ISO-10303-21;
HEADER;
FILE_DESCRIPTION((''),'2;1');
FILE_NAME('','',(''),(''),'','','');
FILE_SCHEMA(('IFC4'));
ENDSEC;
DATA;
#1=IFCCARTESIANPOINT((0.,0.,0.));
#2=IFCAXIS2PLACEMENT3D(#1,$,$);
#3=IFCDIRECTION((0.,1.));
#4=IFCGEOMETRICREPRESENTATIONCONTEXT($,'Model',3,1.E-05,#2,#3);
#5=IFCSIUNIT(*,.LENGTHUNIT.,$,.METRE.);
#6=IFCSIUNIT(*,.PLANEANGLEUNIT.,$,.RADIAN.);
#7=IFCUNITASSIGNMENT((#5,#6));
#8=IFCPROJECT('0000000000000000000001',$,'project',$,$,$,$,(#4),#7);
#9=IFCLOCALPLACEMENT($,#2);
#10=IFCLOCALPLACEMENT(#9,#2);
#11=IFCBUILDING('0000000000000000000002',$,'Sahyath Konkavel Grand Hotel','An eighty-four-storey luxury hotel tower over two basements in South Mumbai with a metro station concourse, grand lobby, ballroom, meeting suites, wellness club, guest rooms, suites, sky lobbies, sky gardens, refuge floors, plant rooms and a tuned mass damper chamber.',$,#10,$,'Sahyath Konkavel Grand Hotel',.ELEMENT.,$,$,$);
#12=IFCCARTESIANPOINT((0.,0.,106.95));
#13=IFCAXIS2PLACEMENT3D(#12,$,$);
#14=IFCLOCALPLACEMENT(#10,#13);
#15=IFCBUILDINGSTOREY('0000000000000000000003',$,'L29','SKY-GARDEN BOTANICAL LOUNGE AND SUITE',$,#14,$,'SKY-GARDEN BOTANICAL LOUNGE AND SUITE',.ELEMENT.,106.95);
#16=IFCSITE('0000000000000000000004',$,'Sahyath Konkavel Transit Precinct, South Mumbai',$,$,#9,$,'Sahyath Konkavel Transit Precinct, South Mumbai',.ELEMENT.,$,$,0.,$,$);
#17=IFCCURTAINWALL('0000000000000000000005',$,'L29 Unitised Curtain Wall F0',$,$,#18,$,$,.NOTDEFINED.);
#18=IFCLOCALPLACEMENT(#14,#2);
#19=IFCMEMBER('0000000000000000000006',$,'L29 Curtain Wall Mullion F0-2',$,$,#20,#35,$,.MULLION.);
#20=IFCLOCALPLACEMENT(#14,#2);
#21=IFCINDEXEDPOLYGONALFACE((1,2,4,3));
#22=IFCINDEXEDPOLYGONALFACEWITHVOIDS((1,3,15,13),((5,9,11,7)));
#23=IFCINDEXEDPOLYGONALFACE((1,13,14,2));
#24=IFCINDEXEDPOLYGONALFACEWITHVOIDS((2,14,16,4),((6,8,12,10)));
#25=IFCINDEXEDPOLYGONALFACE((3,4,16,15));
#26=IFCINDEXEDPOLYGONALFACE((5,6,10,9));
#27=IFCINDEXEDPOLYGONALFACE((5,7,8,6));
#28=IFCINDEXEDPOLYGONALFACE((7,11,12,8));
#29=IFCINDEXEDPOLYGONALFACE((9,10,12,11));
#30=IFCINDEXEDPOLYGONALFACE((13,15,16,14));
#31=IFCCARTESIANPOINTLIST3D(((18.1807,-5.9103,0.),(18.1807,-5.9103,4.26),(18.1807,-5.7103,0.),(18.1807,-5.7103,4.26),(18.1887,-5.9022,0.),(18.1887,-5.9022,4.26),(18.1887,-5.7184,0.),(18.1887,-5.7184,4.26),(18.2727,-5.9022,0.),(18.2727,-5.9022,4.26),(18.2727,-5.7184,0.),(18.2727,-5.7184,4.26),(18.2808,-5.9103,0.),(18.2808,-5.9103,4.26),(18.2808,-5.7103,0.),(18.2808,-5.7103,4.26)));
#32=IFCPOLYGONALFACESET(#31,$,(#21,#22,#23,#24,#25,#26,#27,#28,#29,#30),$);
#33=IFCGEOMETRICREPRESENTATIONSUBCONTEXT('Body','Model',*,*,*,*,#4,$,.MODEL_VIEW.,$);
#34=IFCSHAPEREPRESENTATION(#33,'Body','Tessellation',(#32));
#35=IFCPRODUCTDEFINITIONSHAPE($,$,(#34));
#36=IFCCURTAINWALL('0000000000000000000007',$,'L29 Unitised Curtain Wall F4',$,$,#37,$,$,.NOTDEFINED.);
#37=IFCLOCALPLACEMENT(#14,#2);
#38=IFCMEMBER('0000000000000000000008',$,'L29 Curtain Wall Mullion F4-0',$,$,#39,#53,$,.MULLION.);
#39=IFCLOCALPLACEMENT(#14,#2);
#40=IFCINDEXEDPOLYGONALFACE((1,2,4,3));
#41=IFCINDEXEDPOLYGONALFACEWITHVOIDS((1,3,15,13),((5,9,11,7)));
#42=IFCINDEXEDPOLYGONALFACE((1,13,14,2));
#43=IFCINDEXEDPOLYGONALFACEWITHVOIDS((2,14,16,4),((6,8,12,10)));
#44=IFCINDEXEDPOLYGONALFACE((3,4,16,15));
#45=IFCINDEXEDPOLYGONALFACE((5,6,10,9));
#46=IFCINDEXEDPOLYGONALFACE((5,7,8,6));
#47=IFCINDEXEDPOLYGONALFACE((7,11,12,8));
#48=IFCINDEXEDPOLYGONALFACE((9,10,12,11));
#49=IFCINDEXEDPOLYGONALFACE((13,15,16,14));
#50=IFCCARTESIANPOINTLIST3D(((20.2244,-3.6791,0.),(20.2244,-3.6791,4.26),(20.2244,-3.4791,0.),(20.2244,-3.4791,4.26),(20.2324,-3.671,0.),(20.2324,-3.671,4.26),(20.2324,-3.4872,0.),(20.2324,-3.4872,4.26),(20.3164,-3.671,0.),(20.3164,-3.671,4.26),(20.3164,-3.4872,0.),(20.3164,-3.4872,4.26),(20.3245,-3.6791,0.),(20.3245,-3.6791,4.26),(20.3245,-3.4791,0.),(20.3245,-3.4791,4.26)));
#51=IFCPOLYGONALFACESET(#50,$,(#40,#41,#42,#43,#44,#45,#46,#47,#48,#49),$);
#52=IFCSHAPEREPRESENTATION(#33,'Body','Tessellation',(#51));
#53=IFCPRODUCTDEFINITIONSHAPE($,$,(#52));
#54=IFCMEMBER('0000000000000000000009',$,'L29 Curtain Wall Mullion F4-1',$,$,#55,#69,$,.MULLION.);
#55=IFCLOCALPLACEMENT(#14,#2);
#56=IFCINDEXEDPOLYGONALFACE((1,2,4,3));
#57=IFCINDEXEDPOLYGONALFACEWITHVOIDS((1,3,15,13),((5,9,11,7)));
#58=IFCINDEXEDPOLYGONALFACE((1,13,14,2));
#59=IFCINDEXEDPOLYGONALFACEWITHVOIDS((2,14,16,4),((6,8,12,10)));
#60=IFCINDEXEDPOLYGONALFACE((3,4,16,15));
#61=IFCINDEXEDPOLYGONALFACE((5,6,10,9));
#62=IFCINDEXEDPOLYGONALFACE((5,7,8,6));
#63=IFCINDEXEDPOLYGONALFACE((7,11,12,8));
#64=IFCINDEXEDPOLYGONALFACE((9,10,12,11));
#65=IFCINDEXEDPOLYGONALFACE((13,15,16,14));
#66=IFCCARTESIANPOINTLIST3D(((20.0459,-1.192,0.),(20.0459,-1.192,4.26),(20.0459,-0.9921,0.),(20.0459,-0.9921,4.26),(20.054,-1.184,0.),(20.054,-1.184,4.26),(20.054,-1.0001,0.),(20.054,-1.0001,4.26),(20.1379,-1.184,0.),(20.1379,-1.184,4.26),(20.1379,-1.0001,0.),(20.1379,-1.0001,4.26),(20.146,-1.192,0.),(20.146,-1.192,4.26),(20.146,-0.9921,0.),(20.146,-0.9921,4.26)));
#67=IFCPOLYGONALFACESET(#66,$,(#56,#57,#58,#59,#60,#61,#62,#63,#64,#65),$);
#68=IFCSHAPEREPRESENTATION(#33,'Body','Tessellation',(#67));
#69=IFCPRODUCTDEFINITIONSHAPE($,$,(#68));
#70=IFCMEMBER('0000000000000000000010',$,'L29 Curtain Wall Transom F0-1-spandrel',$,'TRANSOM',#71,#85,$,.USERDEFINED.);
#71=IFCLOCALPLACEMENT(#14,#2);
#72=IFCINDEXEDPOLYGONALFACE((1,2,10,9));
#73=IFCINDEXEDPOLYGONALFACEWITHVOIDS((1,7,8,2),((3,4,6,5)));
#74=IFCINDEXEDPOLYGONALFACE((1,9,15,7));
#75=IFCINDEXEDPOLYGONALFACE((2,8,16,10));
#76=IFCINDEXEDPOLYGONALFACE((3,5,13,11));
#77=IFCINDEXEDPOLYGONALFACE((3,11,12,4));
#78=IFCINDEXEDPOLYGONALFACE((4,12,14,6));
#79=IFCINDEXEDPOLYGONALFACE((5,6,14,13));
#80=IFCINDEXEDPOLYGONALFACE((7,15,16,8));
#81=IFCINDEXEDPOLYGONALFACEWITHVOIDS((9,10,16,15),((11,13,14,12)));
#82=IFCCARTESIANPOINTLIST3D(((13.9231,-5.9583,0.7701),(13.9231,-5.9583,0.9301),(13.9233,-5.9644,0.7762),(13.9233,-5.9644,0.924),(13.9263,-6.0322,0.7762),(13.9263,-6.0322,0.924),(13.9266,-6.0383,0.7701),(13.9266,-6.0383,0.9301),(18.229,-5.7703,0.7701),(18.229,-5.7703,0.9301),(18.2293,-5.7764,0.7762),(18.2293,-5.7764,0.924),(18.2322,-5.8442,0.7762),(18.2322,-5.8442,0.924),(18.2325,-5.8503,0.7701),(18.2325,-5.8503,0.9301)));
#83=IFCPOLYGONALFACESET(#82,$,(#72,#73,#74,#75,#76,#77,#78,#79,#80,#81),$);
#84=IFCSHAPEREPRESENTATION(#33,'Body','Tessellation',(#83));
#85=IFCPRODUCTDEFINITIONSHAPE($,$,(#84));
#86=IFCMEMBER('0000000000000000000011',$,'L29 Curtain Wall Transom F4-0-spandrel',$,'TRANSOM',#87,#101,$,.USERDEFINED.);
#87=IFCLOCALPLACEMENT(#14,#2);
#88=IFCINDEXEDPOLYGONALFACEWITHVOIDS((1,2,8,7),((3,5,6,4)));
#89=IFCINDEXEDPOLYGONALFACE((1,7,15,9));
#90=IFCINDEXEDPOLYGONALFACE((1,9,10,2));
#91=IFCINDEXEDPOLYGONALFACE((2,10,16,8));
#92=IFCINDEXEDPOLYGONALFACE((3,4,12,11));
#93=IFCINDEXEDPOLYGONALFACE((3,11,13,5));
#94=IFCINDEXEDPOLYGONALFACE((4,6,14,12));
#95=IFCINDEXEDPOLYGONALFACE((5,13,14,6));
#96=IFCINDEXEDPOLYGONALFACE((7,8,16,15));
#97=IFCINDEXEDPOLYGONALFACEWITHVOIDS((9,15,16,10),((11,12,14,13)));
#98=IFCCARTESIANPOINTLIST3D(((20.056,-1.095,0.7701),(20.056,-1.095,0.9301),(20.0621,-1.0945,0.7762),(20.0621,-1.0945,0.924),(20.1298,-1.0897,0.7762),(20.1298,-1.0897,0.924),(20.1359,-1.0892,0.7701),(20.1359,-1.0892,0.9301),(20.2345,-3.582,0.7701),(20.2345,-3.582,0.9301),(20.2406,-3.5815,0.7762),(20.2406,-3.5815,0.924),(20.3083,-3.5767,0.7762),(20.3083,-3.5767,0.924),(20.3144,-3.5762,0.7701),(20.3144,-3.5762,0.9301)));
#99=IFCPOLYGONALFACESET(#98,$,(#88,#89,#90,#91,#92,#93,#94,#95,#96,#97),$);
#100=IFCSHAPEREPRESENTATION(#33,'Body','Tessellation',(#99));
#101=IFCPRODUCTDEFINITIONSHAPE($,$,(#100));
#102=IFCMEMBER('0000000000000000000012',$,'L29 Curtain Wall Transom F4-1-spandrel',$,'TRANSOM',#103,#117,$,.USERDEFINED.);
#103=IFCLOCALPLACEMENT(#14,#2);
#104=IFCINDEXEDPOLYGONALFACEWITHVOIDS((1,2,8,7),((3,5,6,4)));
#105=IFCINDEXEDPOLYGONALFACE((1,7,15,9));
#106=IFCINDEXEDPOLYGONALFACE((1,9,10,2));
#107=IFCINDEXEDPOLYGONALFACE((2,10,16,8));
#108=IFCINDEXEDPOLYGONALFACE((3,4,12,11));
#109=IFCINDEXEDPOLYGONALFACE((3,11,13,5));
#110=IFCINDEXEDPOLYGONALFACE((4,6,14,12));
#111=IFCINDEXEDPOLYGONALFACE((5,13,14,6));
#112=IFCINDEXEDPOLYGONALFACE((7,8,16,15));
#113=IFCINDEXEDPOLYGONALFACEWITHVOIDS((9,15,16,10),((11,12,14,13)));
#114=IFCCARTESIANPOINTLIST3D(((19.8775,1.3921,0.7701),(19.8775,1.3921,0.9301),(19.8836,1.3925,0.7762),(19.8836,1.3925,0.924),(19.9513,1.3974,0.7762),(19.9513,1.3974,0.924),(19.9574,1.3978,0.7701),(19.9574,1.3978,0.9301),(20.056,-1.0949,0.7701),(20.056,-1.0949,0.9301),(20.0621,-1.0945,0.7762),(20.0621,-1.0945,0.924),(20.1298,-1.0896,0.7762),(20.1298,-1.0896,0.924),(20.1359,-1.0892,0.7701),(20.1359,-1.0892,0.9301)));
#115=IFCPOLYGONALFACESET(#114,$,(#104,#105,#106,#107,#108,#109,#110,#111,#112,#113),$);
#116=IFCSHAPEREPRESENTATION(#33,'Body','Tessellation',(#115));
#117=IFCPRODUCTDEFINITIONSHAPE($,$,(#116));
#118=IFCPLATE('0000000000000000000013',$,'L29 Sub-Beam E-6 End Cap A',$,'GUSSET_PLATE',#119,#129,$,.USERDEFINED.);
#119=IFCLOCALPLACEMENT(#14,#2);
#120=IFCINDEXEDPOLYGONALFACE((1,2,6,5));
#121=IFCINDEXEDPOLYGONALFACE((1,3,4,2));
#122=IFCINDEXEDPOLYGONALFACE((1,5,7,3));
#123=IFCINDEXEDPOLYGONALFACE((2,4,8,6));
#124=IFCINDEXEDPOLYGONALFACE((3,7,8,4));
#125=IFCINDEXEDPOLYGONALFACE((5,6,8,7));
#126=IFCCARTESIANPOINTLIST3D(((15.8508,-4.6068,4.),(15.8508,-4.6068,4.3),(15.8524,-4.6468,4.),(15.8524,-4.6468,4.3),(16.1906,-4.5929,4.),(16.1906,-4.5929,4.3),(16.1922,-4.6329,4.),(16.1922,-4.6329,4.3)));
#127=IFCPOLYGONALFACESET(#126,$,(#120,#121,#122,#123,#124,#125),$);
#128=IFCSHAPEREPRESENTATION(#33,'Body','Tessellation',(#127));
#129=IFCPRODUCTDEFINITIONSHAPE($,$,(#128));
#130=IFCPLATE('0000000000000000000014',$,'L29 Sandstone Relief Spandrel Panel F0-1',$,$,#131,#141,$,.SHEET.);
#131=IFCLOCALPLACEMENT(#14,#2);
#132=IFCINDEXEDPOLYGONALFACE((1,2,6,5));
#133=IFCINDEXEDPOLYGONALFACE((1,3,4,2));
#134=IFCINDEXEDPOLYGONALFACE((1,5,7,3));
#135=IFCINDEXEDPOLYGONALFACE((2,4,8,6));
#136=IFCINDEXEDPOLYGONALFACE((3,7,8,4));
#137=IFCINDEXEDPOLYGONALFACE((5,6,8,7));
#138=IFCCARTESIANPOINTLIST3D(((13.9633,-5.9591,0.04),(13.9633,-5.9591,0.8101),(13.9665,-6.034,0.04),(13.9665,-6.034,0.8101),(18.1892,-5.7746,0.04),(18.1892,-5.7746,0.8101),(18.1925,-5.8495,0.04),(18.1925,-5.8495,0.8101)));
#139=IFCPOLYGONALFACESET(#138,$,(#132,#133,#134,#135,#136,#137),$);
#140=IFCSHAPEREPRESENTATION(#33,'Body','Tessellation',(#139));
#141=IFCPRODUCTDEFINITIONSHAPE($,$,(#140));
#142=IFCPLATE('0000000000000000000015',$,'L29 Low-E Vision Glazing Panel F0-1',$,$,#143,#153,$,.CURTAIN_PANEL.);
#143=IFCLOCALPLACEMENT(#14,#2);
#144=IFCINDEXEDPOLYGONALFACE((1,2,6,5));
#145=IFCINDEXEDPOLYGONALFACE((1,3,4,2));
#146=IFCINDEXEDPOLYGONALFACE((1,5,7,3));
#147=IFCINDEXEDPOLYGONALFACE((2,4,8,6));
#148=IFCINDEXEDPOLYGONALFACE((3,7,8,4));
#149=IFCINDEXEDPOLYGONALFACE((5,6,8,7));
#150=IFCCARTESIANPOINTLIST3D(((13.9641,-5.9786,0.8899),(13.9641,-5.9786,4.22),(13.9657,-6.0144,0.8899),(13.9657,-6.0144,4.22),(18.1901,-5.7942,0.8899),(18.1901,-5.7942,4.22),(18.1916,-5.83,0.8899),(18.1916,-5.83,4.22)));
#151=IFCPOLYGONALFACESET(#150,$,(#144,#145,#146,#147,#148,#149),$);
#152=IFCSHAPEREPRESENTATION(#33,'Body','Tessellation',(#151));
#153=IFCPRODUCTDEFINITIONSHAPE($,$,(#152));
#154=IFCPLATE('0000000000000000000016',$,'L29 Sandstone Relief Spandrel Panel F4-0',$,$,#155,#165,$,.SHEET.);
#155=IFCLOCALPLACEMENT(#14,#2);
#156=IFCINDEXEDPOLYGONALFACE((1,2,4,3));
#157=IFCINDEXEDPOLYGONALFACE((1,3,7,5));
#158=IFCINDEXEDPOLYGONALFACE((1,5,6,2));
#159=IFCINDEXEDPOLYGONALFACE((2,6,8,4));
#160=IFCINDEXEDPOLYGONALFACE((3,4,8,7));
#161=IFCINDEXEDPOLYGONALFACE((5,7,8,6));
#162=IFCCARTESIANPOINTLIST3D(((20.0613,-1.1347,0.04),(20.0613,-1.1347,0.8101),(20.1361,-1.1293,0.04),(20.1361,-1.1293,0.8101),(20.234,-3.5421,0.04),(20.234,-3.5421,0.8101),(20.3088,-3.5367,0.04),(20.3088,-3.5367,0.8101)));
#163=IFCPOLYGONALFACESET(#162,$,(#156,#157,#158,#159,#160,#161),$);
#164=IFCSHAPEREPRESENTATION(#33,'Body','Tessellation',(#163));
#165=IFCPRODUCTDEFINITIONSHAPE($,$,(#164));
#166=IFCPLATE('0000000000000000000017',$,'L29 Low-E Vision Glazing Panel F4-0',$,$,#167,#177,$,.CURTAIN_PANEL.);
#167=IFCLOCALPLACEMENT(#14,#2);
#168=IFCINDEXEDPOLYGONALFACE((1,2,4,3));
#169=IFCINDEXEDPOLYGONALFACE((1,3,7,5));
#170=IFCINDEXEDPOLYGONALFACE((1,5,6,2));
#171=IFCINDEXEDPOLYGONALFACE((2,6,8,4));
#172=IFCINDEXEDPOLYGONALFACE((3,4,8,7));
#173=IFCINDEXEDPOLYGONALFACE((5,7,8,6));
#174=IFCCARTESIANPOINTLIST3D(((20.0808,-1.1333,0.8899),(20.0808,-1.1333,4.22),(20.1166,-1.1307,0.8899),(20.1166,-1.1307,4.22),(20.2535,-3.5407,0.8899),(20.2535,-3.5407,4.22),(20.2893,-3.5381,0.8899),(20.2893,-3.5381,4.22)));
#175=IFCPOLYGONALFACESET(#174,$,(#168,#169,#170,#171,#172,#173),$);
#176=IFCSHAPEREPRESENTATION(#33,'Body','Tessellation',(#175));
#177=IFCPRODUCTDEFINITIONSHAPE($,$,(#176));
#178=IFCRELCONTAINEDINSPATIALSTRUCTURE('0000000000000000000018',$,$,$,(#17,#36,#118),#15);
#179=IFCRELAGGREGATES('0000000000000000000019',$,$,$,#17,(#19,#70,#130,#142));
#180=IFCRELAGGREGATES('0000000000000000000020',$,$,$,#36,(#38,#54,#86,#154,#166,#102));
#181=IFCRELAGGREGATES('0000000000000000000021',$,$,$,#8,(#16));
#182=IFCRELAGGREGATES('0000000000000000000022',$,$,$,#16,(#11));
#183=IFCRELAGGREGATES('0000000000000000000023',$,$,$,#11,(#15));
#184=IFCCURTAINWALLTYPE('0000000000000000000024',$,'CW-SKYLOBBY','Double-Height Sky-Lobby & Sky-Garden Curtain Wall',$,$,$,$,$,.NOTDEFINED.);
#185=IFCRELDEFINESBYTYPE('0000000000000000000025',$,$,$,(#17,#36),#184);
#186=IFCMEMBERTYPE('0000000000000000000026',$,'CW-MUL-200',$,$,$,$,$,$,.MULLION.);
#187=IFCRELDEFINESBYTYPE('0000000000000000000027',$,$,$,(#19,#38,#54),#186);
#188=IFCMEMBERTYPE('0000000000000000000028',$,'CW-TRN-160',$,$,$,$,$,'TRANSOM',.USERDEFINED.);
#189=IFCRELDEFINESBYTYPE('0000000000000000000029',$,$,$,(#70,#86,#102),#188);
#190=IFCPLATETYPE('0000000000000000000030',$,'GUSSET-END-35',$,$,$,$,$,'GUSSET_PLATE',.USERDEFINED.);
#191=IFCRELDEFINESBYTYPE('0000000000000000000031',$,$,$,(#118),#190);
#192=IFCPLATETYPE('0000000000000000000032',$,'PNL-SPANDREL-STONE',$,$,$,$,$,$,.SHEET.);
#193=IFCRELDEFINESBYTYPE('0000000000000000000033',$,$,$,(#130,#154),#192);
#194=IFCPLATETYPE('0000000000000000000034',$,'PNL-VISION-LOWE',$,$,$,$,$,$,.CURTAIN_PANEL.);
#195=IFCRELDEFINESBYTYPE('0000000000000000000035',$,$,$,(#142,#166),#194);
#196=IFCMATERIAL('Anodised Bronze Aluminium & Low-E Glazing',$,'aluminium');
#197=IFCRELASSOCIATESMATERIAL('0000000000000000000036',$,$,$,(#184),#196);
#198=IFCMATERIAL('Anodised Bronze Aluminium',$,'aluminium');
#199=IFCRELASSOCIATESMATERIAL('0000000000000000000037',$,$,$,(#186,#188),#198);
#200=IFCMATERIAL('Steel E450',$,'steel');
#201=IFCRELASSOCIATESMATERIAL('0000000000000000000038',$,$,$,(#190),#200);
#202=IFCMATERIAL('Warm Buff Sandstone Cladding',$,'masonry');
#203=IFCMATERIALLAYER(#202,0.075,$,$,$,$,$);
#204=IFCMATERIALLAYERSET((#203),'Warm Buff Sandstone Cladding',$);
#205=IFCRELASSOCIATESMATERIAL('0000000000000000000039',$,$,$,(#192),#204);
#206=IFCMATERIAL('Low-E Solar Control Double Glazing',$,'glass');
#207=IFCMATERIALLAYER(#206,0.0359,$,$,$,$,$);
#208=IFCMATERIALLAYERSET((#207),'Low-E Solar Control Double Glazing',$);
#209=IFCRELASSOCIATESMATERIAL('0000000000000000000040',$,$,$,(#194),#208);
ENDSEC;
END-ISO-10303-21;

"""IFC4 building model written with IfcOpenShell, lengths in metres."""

from ifc_helpers import new_model, si_unit, direction, frame, origin, origin_2d, place, context, subcontext, project, spatial, rectangle, hollow_rectangle, extrude, source, transform, mapped, material, layer, layer_set, material_profile, profile_set, type_object, element, aggregate, save


model = new_model("IFC4")

# Units and contexts
model_context = context("Model", 3, precision=1e-05, world=origin(), true_north=direction((0.0, 1.0)))
body_context = subcontext(model_context, "Body", "Model", "MODEL_VIEW")
ifc_project = project(units=[si_unit("LENGTHUNIT", "METRE"), si_unit("PLANEANGLEUNIT", "RADIAN")], contexts=[model_context])

# Site, building, storey
site_placement = place(None, origin())
site = spatial("IfcSite", under=ifc_project, at=site_placement, Name="Sahyath Konkavel Transit Precinct, South Mumbai", LongName="Sahyath Konkavel Transit Precinct, South Mumbai", CompositionType="ELEMENT", RefElevation=0.0)
building_placement = place(site_placement, origin())
building = spatial("IfcBuilding", under=site, at=building_placement, Name="Sahyath Konkavel Grand Hotel", Description="An eighty-four-storey luxury hotel tower over two basements in South Mumbai with a metro station concourse, grand lobby, ballroom, meeting suites, wellness club, guest rooms, suites, sky lobbies, sky gardens, refuge floors, plant rooms and a tuned mass damper chamber.", LongName="Sahyath Konkavel Grand Hotel", CompositionType="ELEMENT")
storey_placement = place(building_placement, frame((0.0, 0.0, 106.95)))
storey = spatial("IfcBuildingStorey", under=building, at=storey_placement, Name="L29", Description="SKY-GARDEN BOTANICAL LOUNGE AND SUITE", LongName="SKY-GARDEN BOTANICAL LOUNGE AND SUITE", CompositionType="ELEMENT", Elevation=106.95)

# Curtain wall, member
ifc_material_1 = material(Name="Anodised Bronze Aluminium & Low-E Glazing", Category="aluminium")
curtain_wall_type = type_object("IfcCurtainWallType", Name="CW-SKYLOBBY", Description="Double-Height Sky-Lobby & Sky-Garden Curtain Wall", PredefinedType="NOTDEFINED", material=ifc_material_1)
curtain_wall_1_placement = place(storey_placement, origin())
curtain_wall_1 = element("IfcCurtainWall", 1, at=curtain_wall_1_placement, inside=storey, type_object=curtain_wall_type, Name="L29 Unitised Curtain Wall F0", PredefinedType="NOTDEFINED")
ifc_material_2 = material(Name="Anodised Bronze Aluminium", Category="aluminium")
ifc_material_profile_1 = material_profile(ifc_material_2, hollow_rectangle(XDim=0.1001, YDim=0.2, WallThickness=0.0081, at=origin_2d()), Name="RHS 200x100x8")
ifc_profile_set_1 = profile_set([ifc_material_profile_1], Name="Anodised Bronze Aluminium")
member_type_1 = type_object("IfcMemberType", Name="CW-MUL-200", PredefinedType="MULLION", material=ifc_profile_set_1)
shared_shape_1 = source(origin(), body_context, "Body", "SweptSolid", [
    extrude(hollow_rectangle(XDim=0.1001, YDim=0.2, WallThickness=0.0081, at=origin_2d()), origin(), (0.0, 0.0, 1.0), 4.26),
])
member_1_placement = place(storey_placement, frame((18.2307, -5.8103, 0.0), z_axis=(0.0, 0.0, 1.0), x_axis=(1.0, 0.0, 0.0)))
member_1 = element("IfcMember", 2, at=member_1_placement, type_object=member_type_1, Name="L29 Curtain Wall Mullion F0-2", PredefinedType="MULLION", context=body_context, shape_type="MappedRepresentation", body=[
    mapped(shared_shape_1, transform((0.0, 0.0, 0.0), scale=1.0)),
])

# Curtain wall, members
curtain_wall_2_placement = place(storey_placement, origin())
curtain_wall_2 = element("IfcCurtainWall", 3, at=curtain_wall_2_placement, inside=storey, type_object=curtain_wall_type, Name="L29 Unitised Curtain Wall F4", PredefinedType="NOTDEFINED")
member_2_placement = place(storey_placement, frame((20.2744, -3.5791, 0.0), z_axis=(0.0, 0.0, 1.0), x_axis=(1.0, 0.0, 0.0)))
member_2 = element("IfcMember", 4, at=member_2_placement, type_object=member_type_1, Name="L29 Curtain Wall Mullion F4-0", PredefinedType="MULLION", context=body_context, shape_type="MappedRepresentation", body=[
    mapped(shared_shape_1, transform((0.0, 0.0, 0.0), scale=1.0)),
])
member_3_placement = place(storey_placement, frame((20.0959, -1.092, 0.0), z_axis=(0.0, 0.0, 1.0), x_axis=(1.0, 0.0, 0.0)))
member_3 = element("IfcMember", 5, at=member_3_placement, type_object=member_type_1, Name="L29 Curtain Wall Mullion F4-1", PredefinedType="MULLION", context=body_context, shape_type="MappedRepresentation", body=[
    mapped(shared_shape_1, transform((0.0, 0.0, 0.0), scale=1.0)),
])

# Members
ifc_material_profile_2 = material_profile(ifc_material_2, hollow_rectangle(XDim=0.0801, YDim=0.1599, WallThickness=0.0061, at=origin_2d()), Name="RHS 160x80x6")
ifc_profile_set_2 = profile_set([ifc_material_profile_2], Name="Anodised Bronze Aluminium")
member_type_2 = type_object("IfcMemberType", Name="CW-TRN-160", ElementType="TRANSOM", PredefinedType="USERDEFINED", material=ifc_profile_set_2)
shared_shape_2 = source(origin(), body_context, "Body", "SweptSolid", [
    extrude(hollow_rectangle(XDim=0.0801, YDim=0.1599, WallThickness=0.0061, at=origin_2d()), origin(), (0.0, 0.0, 1.0), 4.3101),
])
member_4_placement = place(storey_placement, frame((13.9248, -5.9983, 0.8501), z_axis=(0.999048, 0.043617, 0.0), x_axis=(-0.043617, 0.999048, 0.0)))
member_4 = element("IfcMember", 6, at=member_4_placement, type_object=member_type_2, Name="L29 Curtain Wall Transom F0-1-spandrel", ObjectType="TRANSOM", PredefinedType="USERDEFINED", context=body_context, shape_type="MappedRepresentation", body=[
    mapped(shared_shape_2, transform((0.0, 0.0, 0.0), scale=1.0)),
])
shared_shape_3 = source(origin(), body_context, "Body", "SweptSolid", [
    extrude(hollow_rectangle(XDim=0.0801, YDim=0.1599, WallThickness=0.0061, at=origin_2d()), origin(), (0.0, 0.0, 1.0), 2.4934),
])
member_5_placement = place(storey_placement, frame((20.2744, -3.5791, 0.8501), z_axis=(-0.071574, 0.997435, 0.0), x_axis=(-0.997435, -0.071574, 0.0)))
member_5 = element("IfcMember", 7, at=member_5_placement, type_object=member_type_2, Name="L29 Curtain Wall Transom F4-0-spandrel", ObjectType="TRANSOM", PredefinedType="USERDEFINED", context=body_context, shape_type="MappedRepresentation", body=[
    mapped(shared_shape_3, transform((0.0, 0.0, 0.0), scale=1.0)),
])
member_6_placement = place(storey_placement, frame((20.0959, -1.092, 0.8501), z_axis=(-0.071574, 0.997435, 0.0), x_axis=(-0.997435, -0.071574, 0.0)))
member_6 = element("IfcMember", 8, at=member_6_placement, type_object=member_type_2, Name="L29 Curtain Wall Transom F4-1-spandrel", ObjectType="TRANSOM", PredefinedType="USERDEFINED", context=body_context, shape_type="MappedRepresentation", body=[
    mapped(shared_shape_3, transform((0.0, 0.0, 0.0), scale=1.0)),
])

# Plates
ifc_material_3 = material(Name="Steel E450", Category="steel")
plate_type_1 = type_object("IfcPlateType", Name="GUSSET-END-35", ElementType="GUSSET_PLATE", PredefinedType="USERDEFINED", material=ifc_material_3)
shared_shape_4 = source(origin(), body_context, "Body", "SweptSolid", [
    extrude(rectangle(XDim=0.04, YDim=0.3401, at=origin_2d()), origin(), (0.0, 0.0, 1.0), 0.3),
])
plate_1_placement = place(storey_placement, frame((16.0215, -4.6199, 4.0), z_axis=(0.0, 0.0, 1.0), x_axis=(-0.040864, 0.999165, 0.0)))
element("IfcPlate", 9, at=plate_1_placement, inside=storey, type_object=plate_type_1, Name="L29 Sub-Beam E-6 End Cap A", ObjectType="GUSSET_PLATE", PredefinedType="USERDEFINED", context=body_context, shape_type="MappedRepresentation", body=[
    mapped(shared_shape_4, transform((0.0, 0.0, 0.0), scale=1.0)),
])
ifc_material_4 = material(Name="Warm Buff Sandstone Cladding", Category="masonry")
ifc_layer_1 = layer(ifc_material_4, 0.075)
ifc_layer_set_1 = layer_set([ifc_layer_1], Name="Warm Buff Sandstone Cladding")
plate_type_2 = type_object("IfcPlateType", Name="PNL-SPANDREL-STONE", PredefinedType="SHEET", material=ifc_layer_set_1)
shared_shape_5 = source(origin(), body_context, "Body", "SweptSolid", [
    extrude(rectangle(XDim=4.23, YDim=0.075, at=origin_2d()), origin(), (0.0, 0.0, 1.0), 0.77),
])
plate_2_placement = place(storey_placement, frame((16.0779, -5.9043, 0.04), z_axis=(0.0, 0.0, 1.0), x_axis=(0.999049, 0.043602, 0.0)))
plate_2 = element("IfcPlate", 10, at=plate_2_placement, type_object=plate_type_2, Name="L29 Sandstone Relief Spandrel Panel F0-1", PredefinedType="SHEET", context=body_context, shape_type="MappedRepresentation", body=[
    mapped(shared_shape_5, transform((0.0, 0.0, 0.0), scale=1.0)),
])
ifc_material_5 = material(Name="Low-E Solar Control Double Glazing", Category="glass")
ifc_layer_2 = layer(ifc_material_5, 0.0359)
ifc_layer_set_2 = layer_set([ifc_layer_2], Name="Low-E Solar Control Double Glazing")
plate_type_3 = type_object("IfcPlateType", Name="PNL-VISION-LOWE", PredefinedType="CURTAIN_PANEL", material=ifc_layer_set_2)
shared_shape_6 = source(origin(), body_context, "Body", "SweptSolid", [
    extrude(rectangle(XDim=4.23, YDim=0.0359, at=origin_2d()), origin(), (0.0, 0.0, 1.0), 3.3301),
])
plate_3_placement = place(storey_placement, frame((16.0779, -5.9043, 0.8899), z_axis=(0.0, 0.0, 1.0), x_axis=(0.999049, 0.043602, 0.0)))
plate_3 = element("IfcPlate", 11, at=plate_3_placement, type_object=plate_type_3, Name="L29 Low-E Vision Glazing Panel F0-1", PredefinedType="CURTAIN_PANEL", context=body_context, shape_type="MappedRepresentation", body=[
    mapped(shared_shape_6, transform((0.0, 0.0, 0.0), scale=1.0)),
])
aggregate(curtain_wall_1, [member_1, member_4, plate_2, plate_3])
shared_shape_7 = source(origin(), body_context, "Body", "SweptSolid", [
    extrude(rectangle(XDim=2.4136, YDim=0.075, at=origin_2d()), origin(), (0.0, 0.0, 1.0), 0.77),
])
plate_4_placement = place(storey_placement, frame((20.1851, -2.3357, 0.04), z_axis=(0.0, 0.0, 1.0), x_axis=(-0.071567, 0.997436, 0.0)))
plate_4 = element("IfcPlate", 12, at=plate_4_placement, type_object=plate_type_2, Name="L29 Sandstone Relief Spandrel Panel F4-0", PredefinedType="SHEET", context=body_context, shape_type="MappedRepresentation", body=[
    mapped(shared_shape_7, transform((0.0, 0.0, 0.0), scale=1.0)),
])
shared_shape_8 = source(origin(), body_context, "Body", "SweptSolid", [
    extrude(rectangle(XDim=2.4136, YDim=0.0359, at=origin_2d()), origin(), (0.0, 0.0, 1.0), 3.3301),
])
plate_5_placement = place(storey_placement, frame((20.1851, -2.3357, 0.8899), z_axis=(0.0, 0.0, 1.0), x_axis=(-0.071567, 0.997436, 0.0)))
plate_5 = element("IfcPlate", 13, at=plate_5_placement, type_object=plate_type_3, Name="L29 Low-E Vision Glazing Panel F4-0", PredefinedType="CURTAIN_PANEL", context=body_context, shape_type="MappedRepresentation", body=[
    mapped(shared_shape_8, transform((0.0, 0.0, 0.0), scale=1.0)),
])
aggregate(curtain_wall_2, [member_2, member_3, member_5, plate_4, plate_5, member_6])

save(model, "model.ifc")
